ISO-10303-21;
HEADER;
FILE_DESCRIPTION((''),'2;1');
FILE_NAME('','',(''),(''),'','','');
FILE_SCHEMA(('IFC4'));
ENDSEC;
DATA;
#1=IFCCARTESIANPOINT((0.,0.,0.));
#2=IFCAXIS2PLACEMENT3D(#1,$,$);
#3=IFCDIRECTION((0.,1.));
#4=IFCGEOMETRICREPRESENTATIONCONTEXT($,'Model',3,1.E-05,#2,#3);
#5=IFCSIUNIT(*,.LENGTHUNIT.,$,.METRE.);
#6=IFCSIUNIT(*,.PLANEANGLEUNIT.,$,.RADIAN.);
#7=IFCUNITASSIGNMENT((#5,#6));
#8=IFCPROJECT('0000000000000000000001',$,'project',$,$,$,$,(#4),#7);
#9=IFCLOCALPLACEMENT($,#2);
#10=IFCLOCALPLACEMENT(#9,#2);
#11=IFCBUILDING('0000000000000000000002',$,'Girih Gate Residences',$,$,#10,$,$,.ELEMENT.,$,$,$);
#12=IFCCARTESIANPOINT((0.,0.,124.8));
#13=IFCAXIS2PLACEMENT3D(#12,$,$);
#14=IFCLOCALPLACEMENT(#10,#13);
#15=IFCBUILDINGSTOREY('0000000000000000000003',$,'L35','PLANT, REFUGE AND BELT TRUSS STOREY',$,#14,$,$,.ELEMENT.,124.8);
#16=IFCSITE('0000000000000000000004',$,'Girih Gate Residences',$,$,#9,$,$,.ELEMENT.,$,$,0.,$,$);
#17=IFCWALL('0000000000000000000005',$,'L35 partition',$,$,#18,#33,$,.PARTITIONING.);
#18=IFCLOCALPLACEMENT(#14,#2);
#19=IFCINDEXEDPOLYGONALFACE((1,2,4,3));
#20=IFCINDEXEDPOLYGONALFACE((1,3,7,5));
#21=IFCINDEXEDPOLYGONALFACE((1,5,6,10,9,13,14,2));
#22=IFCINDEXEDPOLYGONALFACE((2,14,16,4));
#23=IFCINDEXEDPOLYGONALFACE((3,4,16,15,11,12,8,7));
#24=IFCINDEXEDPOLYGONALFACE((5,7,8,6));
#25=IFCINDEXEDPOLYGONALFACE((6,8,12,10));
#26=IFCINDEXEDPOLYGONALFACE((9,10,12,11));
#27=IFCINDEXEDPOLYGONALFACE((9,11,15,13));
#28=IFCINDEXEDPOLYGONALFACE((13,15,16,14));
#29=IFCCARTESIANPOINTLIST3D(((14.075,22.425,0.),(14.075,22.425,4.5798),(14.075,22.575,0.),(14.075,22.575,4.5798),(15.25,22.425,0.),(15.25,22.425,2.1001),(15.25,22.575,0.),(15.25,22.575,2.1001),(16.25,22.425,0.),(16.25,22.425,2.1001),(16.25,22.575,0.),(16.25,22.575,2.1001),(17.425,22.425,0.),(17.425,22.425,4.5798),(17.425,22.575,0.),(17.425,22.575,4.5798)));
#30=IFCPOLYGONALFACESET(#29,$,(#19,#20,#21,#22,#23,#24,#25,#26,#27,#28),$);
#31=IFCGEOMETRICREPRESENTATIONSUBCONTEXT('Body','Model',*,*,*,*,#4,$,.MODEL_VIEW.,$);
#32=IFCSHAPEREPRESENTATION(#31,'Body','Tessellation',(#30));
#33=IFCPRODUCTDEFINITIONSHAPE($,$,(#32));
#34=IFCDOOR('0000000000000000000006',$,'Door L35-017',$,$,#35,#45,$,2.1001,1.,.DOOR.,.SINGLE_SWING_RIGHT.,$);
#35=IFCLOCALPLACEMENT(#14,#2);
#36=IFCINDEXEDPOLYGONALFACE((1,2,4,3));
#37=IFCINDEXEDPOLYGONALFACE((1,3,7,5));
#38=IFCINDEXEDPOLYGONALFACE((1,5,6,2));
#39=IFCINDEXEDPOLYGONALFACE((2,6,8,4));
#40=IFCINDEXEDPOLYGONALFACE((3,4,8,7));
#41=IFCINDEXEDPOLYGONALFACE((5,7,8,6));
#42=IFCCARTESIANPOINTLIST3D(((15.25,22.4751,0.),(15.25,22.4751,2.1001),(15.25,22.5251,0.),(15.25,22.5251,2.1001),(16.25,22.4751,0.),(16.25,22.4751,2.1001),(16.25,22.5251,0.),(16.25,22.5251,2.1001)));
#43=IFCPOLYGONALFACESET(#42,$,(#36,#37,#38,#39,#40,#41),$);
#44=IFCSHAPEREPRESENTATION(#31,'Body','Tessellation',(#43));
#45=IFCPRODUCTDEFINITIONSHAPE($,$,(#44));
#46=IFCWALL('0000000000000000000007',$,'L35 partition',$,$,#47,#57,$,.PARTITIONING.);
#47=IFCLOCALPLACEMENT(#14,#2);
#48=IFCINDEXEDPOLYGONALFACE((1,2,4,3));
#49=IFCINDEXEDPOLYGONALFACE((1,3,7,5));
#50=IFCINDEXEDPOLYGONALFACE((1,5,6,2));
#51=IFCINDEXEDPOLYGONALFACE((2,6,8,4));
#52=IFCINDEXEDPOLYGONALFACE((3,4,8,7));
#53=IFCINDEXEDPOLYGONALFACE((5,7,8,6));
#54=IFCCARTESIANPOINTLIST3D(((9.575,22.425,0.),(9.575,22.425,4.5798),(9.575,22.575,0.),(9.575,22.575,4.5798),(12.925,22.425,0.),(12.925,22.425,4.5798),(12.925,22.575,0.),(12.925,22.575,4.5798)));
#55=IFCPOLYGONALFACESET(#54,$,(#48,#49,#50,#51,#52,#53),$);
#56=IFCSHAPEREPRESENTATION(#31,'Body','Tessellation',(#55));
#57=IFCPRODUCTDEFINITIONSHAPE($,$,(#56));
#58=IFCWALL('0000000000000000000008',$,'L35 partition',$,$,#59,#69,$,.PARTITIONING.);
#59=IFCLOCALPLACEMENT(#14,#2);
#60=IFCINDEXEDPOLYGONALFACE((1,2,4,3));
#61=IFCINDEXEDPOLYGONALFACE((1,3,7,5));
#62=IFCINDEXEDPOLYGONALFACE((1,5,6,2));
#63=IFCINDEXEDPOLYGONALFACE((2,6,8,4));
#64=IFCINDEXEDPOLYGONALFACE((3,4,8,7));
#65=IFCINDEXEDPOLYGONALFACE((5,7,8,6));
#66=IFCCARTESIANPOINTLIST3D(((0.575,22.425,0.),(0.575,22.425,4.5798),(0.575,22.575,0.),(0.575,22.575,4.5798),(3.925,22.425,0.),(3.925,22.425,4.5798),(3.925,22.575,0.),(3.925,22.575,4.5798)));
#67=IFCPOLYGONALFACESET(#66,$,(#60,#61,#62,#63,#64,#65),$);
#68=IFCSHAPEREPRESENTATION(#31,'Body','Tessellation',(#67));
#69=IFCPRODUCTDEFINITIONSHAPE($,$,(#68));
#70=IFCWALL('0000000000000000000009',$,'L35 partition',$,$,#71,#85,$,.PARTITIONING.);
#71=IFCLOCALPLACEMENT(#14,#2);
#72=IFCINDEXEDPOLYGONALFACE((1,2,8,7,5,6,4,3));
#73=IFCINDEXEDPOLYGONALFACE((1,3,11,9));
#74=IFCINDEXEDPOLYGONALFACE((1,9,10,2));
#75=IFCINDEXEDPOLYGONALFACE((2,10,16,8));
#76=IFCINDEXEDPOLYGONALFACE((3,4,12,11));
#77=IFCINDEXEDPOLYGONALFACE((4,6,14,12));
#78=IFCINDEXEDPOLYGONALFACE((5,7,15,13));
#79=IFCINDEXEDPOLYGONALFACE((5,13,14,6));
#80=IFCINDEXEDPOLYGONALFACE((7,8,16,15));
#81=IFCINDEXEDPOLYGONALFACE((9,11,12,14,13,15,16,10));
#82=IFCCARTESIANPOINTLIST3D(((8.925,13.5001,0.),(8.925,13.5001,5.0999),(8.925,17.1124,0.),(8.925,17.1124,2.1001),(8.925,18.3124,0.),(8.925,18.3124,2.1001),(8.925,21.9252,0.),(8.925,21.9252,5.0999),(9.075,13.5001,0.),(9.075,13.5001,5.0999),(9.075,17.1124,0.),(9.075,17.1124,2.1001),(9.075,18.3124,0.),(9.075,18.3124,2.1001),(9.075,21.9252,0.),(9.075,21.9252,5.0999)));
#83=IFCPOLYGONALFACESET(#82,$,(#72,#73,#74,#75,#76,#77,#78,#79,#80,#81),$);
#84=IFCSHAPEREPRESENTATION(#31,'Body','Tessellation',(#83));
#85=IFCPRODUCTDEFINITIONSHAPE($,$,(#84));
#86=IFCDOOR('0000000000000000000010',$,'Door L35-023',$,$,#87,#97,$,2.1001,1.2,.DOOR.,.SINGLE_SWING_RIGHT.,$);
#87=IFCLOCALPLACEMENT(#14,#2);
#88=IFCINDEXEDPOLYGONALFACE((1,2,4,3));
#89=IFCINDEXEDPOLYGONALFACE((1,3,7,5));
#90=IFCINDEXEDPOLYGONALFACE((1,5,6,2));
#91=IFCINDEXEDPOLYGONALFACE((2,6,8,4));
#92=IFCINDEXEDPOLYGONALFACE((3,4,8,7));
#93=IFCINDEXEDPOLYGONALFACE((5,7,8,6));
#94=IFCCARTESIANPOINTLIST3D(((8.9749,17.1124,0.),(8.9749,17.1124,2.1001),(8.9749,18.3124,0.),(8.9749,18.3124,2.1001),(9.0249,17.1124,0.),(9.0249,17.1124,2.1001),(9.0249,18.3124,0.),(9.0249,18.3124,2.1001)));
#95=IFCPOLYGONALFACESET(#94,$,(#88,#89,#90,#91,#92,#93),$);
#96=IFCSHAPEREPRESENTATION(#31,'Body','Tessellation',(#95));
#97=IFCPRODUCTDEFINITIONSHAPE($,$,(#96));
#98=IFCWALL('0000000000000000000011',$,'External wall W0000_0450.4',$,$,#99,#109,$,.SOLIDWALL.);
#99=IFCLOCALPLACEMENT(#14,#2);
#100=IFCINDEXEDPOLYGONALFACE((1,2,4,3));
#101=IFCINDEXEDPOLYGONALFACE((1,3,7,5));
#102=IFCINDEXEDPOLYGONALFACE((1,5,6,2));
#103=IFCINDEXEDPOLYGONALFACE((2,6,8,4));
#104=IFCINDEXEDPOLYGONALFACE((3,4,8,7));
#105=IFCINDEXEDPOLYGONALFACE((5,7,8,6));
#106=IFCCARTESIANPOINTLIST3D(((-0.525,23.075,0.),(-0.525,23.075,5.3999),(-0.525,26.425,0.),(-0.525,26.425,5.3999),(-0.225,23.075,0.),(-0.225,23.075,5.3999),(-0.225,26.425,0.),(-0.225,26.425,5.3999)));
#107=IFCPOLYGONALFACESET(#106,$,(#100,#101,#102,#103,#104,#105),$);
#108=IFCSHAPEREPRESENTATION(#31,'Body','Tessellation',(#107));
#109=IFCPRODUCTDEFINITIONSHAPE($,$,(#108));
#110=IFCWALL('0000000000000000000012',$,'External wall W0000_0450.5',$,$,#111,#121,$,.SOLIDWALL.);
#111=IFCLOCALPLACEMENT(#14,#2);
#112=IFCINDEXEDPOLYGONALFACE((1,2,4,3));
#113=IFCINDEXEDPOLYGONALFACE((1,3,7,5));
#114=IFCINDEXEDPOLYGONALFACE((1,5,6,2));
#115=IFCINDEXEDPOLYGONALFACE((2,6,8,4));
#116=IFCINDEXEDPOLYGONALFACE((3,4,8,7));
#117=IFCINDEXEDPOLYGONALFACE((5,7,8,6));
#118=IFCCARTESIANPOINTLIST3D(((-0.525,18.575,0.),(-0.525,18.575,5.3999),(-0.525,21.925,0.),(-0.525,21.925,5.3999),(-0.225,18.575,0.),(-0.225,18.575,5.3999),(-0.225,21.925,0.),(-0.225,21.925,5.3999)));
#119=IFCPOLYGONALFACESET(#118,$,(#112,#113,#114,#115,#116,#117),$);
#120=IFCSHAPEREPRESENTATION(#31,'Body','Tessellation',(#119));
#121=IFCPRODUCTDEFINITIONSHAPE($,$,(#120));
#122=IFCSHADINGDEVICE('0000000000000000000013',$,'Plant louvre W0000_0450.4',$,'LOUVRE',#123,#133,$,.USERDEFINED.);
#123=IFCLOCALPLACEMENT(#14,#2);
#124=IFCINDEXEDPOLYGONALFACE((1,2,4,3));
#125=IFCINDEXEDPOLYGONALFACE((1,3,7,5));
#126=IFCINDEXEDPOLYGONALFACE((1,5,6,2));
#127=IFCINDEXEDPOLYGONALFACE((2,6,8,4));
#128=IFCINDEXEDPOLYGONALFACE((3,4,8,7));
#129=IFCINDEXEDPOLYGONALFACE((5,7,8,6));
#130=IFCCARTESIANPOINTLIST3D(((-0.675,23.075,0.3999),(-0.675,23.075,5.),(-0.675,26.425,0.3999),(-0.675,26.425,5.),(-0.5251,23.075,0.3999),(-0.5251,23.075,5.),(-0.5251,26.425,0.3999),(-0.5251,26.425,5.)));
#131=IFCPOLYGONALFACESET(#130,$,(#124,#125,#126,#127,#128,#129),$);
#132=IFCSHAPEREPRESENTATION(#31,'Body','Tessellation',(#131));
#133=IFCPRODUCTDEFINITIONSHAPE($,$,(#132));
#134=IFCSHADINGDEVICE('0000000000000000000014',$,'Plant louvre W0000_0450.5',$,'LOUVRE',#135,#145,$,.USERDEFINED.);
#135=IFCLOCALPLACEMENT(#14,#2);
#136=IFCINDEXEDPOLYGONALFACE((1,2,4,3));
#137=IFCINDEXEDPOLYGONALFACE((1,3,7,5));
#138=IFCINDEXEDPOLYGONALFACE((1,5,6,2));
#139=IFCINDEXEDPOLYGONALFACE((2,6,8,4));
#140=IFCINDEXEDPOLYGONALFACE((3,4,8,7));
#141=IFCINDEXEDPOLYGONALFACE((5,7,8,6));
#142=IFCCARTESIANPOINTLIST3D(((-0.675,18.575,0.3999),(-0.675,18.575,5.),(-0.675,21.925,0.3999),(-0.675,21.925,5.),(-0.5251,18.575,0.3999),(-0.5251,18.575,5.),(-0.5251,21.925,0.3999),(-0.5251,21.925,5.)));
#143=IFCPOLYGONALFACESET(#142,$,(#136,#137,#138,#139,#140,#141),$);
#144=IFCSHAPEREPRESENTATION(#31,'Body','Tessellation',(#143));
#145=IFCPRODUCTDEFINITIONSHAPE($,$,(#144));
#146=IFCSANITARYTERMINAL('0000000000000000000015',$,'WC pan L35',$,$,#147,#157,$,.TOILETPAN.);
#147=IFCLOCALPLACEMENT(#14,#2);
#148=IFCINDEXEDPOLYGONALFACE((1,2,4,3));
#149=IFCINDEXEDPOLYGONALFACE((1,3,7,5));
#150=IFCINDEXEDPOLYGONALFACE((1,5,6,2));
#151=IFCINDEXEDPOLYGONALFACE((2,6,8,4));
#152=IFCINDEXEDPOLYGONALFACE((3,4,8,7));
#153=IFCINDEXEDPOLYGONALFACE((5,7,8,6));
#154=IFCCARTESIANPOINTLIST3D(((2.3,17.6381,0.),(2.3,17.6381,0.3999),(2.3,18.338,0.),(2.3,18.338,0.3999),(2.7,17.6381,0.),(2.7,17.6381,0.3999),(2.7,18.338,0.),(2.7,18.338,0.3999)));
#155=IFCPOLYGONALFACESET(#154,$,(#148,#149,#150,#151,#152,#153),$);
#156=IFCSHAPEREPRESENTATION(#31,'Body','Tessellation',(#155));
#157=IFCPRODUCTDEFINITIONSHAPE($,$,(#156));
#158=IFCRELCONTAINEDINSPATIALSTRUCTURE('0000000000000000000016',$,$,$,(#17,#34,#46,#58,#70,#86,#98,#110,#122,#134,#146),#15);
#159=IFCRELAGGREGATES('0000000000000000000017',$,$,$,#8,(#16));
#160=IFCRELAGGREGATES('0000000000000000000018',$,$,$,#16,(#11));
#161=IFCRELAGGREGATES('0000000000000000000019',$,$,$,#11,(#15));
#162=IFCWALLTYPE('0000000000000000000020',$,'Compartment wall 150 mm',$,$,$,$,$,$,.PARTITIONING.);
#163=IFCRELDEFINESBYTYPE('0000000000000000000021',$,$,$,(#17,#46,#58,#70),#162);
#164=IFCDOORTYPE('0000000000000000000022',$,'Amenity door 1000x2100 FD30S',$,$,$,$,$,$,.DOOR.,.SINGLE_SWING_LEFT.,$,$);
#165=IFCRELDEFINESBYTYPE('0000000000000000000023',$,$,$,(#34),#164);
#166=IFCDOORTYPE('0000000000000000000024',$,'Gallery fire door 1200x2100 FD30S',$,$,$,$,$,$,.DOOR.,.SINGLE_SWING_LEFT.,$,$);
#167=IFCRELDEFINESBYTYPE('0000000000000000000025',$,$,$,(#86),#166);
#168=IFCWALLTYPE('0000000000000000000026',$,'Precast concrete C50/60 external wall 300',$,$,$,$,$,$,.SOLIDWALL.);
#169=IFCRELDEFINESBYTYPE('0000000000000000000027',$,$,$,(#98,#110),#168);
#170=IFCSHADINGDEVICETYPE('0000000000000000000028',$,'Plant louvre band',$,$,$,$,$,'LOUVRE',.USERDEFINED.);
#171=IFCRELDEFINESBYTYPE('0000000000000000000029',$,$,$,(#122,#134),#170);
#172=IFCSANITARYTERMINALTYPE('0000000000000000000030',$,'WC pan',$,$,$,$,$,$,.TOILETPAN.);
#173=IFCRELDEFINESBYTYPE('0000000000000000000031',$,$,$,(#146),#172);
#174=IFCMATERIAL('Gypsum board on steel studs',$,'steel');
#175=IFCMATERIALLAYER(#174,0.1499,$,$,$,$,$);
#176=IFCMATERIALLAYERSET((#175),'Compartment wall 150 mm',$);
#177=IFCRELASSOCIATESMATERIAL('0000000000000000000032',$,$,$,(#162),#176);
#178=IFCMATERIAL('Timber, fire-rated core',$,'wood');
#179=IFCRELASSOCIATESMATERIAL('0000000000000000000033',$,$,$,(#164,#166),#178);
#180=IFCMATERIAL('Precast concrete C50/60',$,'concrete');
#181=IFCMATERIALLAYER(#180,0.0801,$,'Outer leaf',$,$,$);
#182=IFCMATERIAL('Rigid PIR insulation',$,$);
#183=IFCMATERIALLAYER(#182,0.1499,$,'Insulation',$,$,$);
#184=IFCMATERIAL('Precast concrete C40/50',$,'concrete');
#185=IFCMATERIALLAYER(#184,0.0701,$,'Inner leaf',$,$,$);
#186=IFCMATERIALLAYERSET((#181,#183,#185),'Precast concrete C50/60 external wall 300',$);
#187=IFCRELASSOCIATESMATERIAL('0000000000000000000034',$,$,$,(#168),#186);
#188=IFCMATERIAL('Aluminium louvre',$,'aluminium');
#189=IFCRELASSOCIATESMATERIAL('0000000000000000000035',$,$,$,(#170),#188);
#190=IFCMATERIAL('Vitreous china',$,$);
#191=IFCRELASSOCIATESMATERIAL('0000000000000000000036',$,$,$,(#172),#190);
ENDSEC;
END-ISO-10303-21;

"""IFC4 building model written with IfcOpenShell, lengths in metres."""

from ifc_helpers import new_model, si_unit, direction, frame, frame_2d, origin, origin_2d, place, context, subcontext, project, spatial, rectangle, extrude, material, layer, layer_set, type_object, element, fill, save


model = new_model("IFC4")

# Units and contexts
model_context = context("Model", 3, precision=1e-05, world=origin(), true_north=direction((0.0, 1.0)))
body_context = subcontext(model_context, "Body", "Model", "MODEL_VIEW")
ifc_project = project(units=[si_unit("LENGTHUNIT", "METRE"), si_unit("PLANEANGLEUNIT", "RADIAN")], contexts=[model_context])

# Site, building, storey
site_placement = place(None, origin())
site = spatial("IfcSite", under=ifc_project, at=site_placement, Name="Girih Gate Residences", CompositionType="ELEMENT", RefElevation=0.0)
building_placement = place(site_placement, origin())
building = spatial("IfcBuilding", under=site, at=building_placement, Name="Girih Gate Residences", CompositionType="ELEMENT")
storey_placement = place(building_placement, frame((0.0, 0.0, 124.8)))
storey = spatial("IfcBuildingStorey", under=building, at=storey_placement, Name="L35", Description="PLANT, REFUGE AND BELT TRUSS STOREY", CompositionType="ELEMENT", Elevation=124.8)

# Shared definitions
ifc_material_1 = material(Name="Gypsum board on steel studs", Category="steel")
ifc_layer_1 = layer(ifc_material_1, 0.1499)
ifc_layer_set_1 = layer_set([ifc_layer_1], Name="Compartment wall 150 mm")
wall_type_1 = type_object("IfcWallType", Name="Compartment wall 150 mm", PredefinedType="PARTITIONING", material=ifc_layer_set_1)

# Wall, opening, door
wall_1_placement = place(storey_placement, frame((17.425, 22.5, 0.0), z_axis=(0.0, 0.0, 1.0), x_axis=(-1.0, 0.0, 0.0)))
wall_1 = element("IfcWall", 1, at=wall_1_placement, inside=storey, type_object=wall_type_1, Name="L35 partition", PredefinedType="PARTITIONING", context=body_context, shape_type="SweptSolid", body=[
    extrude(rectangle(XDim=3.3501, YDim=0.1499, at=frame_2d((1.675, 0.0))), origin(), (0.0, 0.0, 1.0), 4.5798),
])
opening_1_placement = place(wall_1_placement, frame((1.175, 0.0, 0.0)))
opening_1 = element("IfcOpeningElement", 2, at=opening_1_placement, cuts=wall_1, PredefinedType="OPENING", context=body_context, shape_type="SweptSolid", body=[
    extrude(rectangle(XDim=1.0, YDim=2.1001, at=frame_2d((0.5, 1.05))), frame((0.0, 0.085, 0.0), z_axis=(0.0, -1.0, 0.0), x_axis=(1.0, 0.0, 0.0)), (0.0, 0.0, 1.0), 0.1699),
])
ifc_material_2 = material(Name="Timber, fire-rated core", Category="wood")
door_type_1 = type_object("IfcDoorType", Name="Amenity door 1000x2100 FD30S", OperationType="SINGLE_SWING_LEFT", PredefinedType="DOOR", material=ifc_material_2)
door_1_placement = place(opening_1_placement, origin())
door_1 = element("IfcDoor", 3, at=door_1_placement, inside=storey, type_object=door_type_1, Name="Door L35-017", OperationType="SINGLE_SWING_RIGHT", OverallHeight=2.1001, OverallWidth=1.0, PredefinedType="DOOR", context=body_context, shape_type="SweptSolid", body=[
    extrude(rectangle(XDim=1.0, YDim=2.1001, at=frame_2d((0.5, 1.05))), frame((0.0, 0.0249, 0.0), z_axis=(0.0, -1.0, 0.0), x_axis=(1.0, 0.0, 0.0)), (0.0, 0.0, 1.0), 0.05),
])
fill(opening_1, door_1)

# Walls
for number, where, z_axis, x_axis, name in (
    (4, (9.575, 22.5, 0.0), (0.0, 0.0, 1.0), (1.0, 0.0, 0.0), "L35 partition"),
    (5, (0.575, 22.5, 0.0), (0.0, 0.0, 1.0), (1.0, 0.0, 0.0), "L35 partition"),
):
    element("IfcWall", number, at=place(storey_placement, frame(where, z_axis=z_axis, x_axis=x_axis)), inside=storey, type_object=wall_type_1, Name=name, PredefinedType="PARTITIONING", context=body_context, shape_type="SweptSolid", body=[
        extrude(rectangle(XDim=3.3501, YDim=0.1499, at=frame_2d((1.675, 0.0))), origin(), (0.0, 0.0, 1.0), 4.5798),
    ])

# Wall, opening, door
wall_2_placement = place(storey_placement, frame((9.0, 21.925, 0.0), z_axis=(0.0, 0.0, 1.0), x_axis=(0.0, -1.0, 0.0)))
wall_2 = element("IfcWall", 6, at=wall_2_placement, inside=storey, type_object=wall_type_1, Name="L35 partition", PredefinedType="PARTITIONING", context=body_context, shape_type="SweptSolid", body=[
    extrude(rectangle(XDim=8.425, YDim=0.1499, at=frame_2d((4.2124, 0.0))), origin(), (0.0, 0.0, 1.0), 5.0999),
])
opening_2_placement = place(wall_2_placement, frame((3.6125, 0.0, 0.0)))
opening_2 = element("IfcOpeningElement", 7, at=opening_2_placement, cuts=wall_2, PredefinedType="OPENING", context=body_context, shape_type="SweptSolid", body=[
    extrude(rectangle(XDim=1.2, YDim=2.1001, at=frame_2d((0.6001, 1.05))), frame((0.0, 0.085, 0.0), z_axis=(0.0, -1.0, 0.0), x_axis=(1.0, 0.0, 0.0)), (0.0, 0.0, 1.0), 0.1699),
])
door_type_2 = type_object("IfcDoorType", Name="Gallery fire door 1200x2100 FD30S", OperationType="SINGLE_SWING_LEFT", PredefinedType="DOOR", material=ifc_material_2)
door_2_placement = place(opening_2_placement, origin())
door_2 = element("IfcDoor", 8, at=door_2_placement, inside=storey, type_object=door_type_2, Name="Door L35-023", OperationType="SINGLE_SWING_RIGHT", OverallHeight=2.1001, OverallWidth=1.2, PredefinedType="DOOR", context=body_context, shape_type="SweptSolid", body=[
    extrude(rectangle(XDim=1.2, YDim=2.1001, at=frame_2d((0.6001, 1.05))), frame((0.0, 0.0249, 0.0), z_axis=(0.0, -1.0, 0.0), x_axis=(1.0, 0.0, 0.0)), (0.0, 0.0, 1.0), 0.05),
])
fill(opening_2, door_2)

# Walls
ifc_material_3 = material(Name="Precast concrete C50/60", Category="concrete")
ifc_layer_2 = layer(ifc_material_3, 0.0801, Name="Outer leaf")
ifc_material_4 = material(Name="Rigid PIR insulation")
ifc_layer_3 = layer(ifc_material_4, 0.1499, Name="Insulation")
ifc_material_5 = material(Name="Precast concrete C40/50", Category="concrete")
ifc_layer_4 = layer(ifc_material_5, 0.0701, Name="Inner leaf")
ifc_layer_set_2 = layer_set([ifc_layer_2, ifc_layer_3, ifc_layer_4], Name="Precast concrete C50/60 external wall 300")
wall_type_2 = type_object("IfcWallType", Name="Precast concrete C50/60 external wall 300", PredefinedType="SOLIDWALL", material=ifc_layer_set_2)
for number, where, z_axis, x_axis, name in (
    (9, (-0.375, 23.075, 0.0), (0.0, 0.0, 1.0), (0.0, 1.0, 0.0), "External wall W0000_0450.4"),
    (10, (-0.375, 18.575, 0.0), (0.0, 0.0, 1.0), (0.0, 1.0, 0.0), "External wall W0000_0450.5"),
):
    element("IfcWall", number, at=place(storey_placement, frame(where, z_axis=z_axis, x_axis=x_axis)), inside=storey, type_object=wall_type_2, Name=name, PredefinedType="SOLIDWALL", context=body_context, shape_type="SweptSolid", body=[
        extrude(rectangle(XDim=3.3501, YDim=0.3, at=frame_2d((1.675, 0.0))), origin(), (0.0, 0.0, 1.0), 5.3999),
    ])

# Shading devices
ifc_material_6 = material(Name="Aluminium louvre", Category="aluminium")
shading_device_type = type_object("IfcShadingDeviceType", Name="Plant louvre band", ElementType="LOUVRE", PredefinedType="USERDEFINED", material=ifc_material_6)
for number, where, z_axis, x_axis, name in (
    (11, (-0.6001, 24.75, 0.3999), (0.0, 0.0, 1.0), (0.0, -1.0, 0.0), "Plant louvre W0000_0450.4"),
    (12, (-0.6001, 20.25, 0.3999), (0.0, 0.0, 1.0), (0.0, -1.0, 0.0), "Plant louvre W0000_0450.5"),
):
    element("IfcShadingDevice", number, at=place(storey_placement, frame(where, z_axis=z_axis, x_axis=x_axis)), inside=storey, type_object=shading_device_type, Name=name, ObjectType="LOUVRE", PredefinedType="USERDEFINED", context=body_context, shape_type="SweptSolid", body=[
        extrude(rectangle(XDim=3.3501, YDim=0.1499, at=origin_2d()), origin(), (0.0, 0.0, 1.0), 4.6001),
    ])

# Sanitary terminal
ifc_material_7 = material(Name="Vitreous china")
sanitary_terminal_type = type_object("IfcSanitaryTerminalType", Name="WC pan", PredefinedType="TOILETPAN", material=ifc_material_7)
sanitary_terminal_placement = place(storey_placement, frame((2.5, 17.988, 0.0), z_axis=(0.0, 0.0, 1.0), x_axis=(1.0, 0.0, 0.0)))
element("IfcSanitaryTerminal", 13, at=sanitary_terminal_placement, inside=storey, type_object=sanitary_terminal_type, Name="WC pan L35", PredefinedType="TOILETPAN", context=body_context, shape_type="SweptSolid", body=[
    extrude(rectangle(XDim=0.3999, YDim=0.7, at=origin_2d()), origin(), (0.0, 0.0, 1.0), 0.3999),
])

save(model, "model.ifc")
